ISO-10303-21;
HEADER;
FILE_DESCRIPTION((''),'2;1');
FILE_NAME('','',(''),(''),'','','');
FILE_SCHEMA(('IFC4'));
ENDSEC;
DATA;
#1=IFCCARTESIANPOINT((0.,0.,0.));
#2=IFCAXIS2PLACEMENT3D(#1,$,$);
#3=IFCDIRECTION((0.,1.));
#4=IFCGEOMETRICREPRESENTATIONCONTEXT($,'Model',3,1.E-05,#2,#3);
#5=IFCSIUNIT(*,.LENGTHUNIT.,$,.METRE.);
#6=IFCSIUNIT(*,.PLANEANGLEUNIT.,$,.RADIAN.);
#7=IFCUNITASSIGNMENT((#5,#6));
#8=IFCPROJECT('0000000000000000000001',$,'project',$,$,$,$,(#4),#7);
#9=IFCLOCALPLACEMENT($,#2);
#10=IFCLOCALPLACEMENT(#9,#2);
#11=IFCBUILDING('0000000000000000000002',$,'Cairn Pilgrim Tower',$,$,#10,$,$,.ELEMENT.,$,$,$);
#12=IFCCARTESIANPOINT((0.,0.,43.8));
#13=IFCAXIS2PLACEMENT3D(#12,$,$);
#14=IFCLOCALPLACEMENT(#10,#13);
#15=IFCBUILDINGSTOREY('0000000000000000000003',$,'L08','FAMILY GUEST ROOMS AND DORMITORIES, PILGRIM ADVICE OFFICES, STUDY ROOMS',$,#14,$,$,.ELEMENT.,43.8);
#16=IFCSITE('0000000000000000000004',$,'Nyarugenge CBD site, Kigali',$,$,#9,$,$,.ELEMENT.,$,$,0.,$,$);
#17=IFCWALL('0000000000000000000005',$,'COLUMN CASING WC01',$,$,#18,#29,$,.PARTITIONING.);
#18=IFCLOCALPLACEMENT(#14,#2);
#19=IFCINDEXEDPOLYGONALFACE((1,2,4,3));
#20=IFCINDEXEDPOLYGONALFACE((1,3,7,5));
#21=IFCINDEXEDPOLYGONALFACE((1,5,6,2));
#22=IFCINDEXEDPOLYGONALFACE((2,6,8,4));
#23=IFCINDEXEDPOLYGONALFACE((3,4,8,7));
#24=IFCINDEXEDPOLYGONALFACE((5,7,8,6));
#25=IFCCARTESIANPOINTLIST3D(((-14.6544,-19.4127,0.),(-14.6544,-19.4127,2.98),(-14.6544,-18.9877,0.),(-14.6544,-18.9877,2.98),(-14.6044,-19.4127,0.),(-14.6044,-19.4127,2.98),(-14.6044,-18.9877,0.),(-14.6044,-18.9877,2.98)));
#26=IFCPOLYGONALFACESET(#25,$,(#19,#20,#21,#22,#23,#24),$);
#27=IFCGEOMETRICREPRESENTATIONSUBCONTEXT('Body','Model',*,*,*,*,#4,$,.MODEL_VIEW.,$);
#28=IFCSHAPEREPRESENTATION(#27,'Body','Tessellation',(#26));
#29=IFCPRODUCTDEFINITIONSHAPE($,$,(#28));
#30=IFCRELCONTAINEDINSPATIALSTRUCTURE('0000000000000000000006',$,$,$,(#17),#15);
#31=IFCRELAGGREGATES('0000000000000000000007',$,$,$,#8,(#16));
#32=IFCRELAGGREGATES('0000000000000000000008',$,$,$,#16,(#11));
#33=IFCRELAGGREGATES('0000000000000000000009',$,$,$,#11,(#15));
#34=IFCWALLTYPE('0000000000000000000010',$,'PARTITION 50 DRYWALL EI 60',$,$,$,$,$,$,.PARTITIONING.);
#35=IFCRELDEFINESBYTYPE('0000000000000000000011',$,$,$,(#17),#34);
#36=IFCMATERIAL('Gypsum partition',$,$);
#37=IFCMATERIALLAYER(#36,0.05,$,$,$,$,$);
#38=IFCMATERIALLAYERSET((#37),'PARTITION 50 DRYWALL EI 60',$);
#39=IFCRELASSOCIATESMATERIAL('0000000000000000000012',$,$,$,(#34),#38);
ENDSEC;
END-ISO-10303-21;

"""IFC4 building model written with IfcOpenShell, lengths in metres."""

from ifc_helpers import new_model, si_unit, direction, frame, frame_2d, origin, place, context, subcontext, project, spatial, rectangle, extrude, material, layer, layer_set, type_object, element, save


model = new_model("IFC4")

# Units and contexts
model_context = context("Model", 3, precision=1e-05, world=origin(), true_north=direction((0.0, 1.0)))
body_context = subcontext(model_context, "Body", "Model", "MODEL_VIEW")
ifc_project = project(units=[si_unit("LENGTHUNIT", "METRE"), si_unit("PLANEANGLEUNIT", "RADIAN")], contexts=[model_context])

# Site, building, storey
site_placement = place(None, origin())
site = spatial("IfcSite", under=ifc_project, at=site_placement, Name="Nyarugenge CBD site, Kigali", CompositionType="ELEMENT", RefElevation=0.0)
building_placement = place(site_placement, origin())
building = spatial("IfcBuilding", under=site, at=building_placement, Name="Cairn Pilgrim Tower", CompositionType="ELEMENT")
storey_placement = place(building_placement, frame((0.0, 0.0, 43.8)))
storey = spatial("IfcBuildingStorey", under=building, at=storey_placement, Name="L08", Description="FAMILY GUEST ROOMS AND DORMITORIES, PILGRIM ADVICE OFFICES, STUDY ROOMS", CompositionType="ELEMENT", Elevation=43.8)

# Shared definitions
ifc_material_1 = material(Name="Gypsum partition")

# Wall
ifc_layer_1 = layer(ifc_material_1, 0.05)
ifc_layer_set_1 = layer_set([ifc_layer_1], Name="PARTITION 50 DRYWALL EI 60")
wall_type_1 = type_object("IfcWallType", Name="PARTITION 50 DRYWALL EI 60", PredefinedType="PARTITIONING", material=ifc_layer_set_1)
wall_1_placement = place(storey_placement, frame((-14.6294, -19.4126, 0.0), z_axis=(0.0, 0.0, 1.0), x_axis=(0.0, 1.0, 0.0)))
element("IfcWall", 1, at=wall_1_placement, inside=storey, type_object=wall_type_1, Name="COLUMN CASING WC01", PredefinedType="PARTITIONING", context=body_context, shape_type="SweptSolid", body=[
    extrude(rectangle(XDim=0.425, YDim=0.05, at=frame_2d((0.2124, 0.0))), origin(), (0.0, 0.0, 1.0), 2.98),
])

save(model, "model.ifc")
